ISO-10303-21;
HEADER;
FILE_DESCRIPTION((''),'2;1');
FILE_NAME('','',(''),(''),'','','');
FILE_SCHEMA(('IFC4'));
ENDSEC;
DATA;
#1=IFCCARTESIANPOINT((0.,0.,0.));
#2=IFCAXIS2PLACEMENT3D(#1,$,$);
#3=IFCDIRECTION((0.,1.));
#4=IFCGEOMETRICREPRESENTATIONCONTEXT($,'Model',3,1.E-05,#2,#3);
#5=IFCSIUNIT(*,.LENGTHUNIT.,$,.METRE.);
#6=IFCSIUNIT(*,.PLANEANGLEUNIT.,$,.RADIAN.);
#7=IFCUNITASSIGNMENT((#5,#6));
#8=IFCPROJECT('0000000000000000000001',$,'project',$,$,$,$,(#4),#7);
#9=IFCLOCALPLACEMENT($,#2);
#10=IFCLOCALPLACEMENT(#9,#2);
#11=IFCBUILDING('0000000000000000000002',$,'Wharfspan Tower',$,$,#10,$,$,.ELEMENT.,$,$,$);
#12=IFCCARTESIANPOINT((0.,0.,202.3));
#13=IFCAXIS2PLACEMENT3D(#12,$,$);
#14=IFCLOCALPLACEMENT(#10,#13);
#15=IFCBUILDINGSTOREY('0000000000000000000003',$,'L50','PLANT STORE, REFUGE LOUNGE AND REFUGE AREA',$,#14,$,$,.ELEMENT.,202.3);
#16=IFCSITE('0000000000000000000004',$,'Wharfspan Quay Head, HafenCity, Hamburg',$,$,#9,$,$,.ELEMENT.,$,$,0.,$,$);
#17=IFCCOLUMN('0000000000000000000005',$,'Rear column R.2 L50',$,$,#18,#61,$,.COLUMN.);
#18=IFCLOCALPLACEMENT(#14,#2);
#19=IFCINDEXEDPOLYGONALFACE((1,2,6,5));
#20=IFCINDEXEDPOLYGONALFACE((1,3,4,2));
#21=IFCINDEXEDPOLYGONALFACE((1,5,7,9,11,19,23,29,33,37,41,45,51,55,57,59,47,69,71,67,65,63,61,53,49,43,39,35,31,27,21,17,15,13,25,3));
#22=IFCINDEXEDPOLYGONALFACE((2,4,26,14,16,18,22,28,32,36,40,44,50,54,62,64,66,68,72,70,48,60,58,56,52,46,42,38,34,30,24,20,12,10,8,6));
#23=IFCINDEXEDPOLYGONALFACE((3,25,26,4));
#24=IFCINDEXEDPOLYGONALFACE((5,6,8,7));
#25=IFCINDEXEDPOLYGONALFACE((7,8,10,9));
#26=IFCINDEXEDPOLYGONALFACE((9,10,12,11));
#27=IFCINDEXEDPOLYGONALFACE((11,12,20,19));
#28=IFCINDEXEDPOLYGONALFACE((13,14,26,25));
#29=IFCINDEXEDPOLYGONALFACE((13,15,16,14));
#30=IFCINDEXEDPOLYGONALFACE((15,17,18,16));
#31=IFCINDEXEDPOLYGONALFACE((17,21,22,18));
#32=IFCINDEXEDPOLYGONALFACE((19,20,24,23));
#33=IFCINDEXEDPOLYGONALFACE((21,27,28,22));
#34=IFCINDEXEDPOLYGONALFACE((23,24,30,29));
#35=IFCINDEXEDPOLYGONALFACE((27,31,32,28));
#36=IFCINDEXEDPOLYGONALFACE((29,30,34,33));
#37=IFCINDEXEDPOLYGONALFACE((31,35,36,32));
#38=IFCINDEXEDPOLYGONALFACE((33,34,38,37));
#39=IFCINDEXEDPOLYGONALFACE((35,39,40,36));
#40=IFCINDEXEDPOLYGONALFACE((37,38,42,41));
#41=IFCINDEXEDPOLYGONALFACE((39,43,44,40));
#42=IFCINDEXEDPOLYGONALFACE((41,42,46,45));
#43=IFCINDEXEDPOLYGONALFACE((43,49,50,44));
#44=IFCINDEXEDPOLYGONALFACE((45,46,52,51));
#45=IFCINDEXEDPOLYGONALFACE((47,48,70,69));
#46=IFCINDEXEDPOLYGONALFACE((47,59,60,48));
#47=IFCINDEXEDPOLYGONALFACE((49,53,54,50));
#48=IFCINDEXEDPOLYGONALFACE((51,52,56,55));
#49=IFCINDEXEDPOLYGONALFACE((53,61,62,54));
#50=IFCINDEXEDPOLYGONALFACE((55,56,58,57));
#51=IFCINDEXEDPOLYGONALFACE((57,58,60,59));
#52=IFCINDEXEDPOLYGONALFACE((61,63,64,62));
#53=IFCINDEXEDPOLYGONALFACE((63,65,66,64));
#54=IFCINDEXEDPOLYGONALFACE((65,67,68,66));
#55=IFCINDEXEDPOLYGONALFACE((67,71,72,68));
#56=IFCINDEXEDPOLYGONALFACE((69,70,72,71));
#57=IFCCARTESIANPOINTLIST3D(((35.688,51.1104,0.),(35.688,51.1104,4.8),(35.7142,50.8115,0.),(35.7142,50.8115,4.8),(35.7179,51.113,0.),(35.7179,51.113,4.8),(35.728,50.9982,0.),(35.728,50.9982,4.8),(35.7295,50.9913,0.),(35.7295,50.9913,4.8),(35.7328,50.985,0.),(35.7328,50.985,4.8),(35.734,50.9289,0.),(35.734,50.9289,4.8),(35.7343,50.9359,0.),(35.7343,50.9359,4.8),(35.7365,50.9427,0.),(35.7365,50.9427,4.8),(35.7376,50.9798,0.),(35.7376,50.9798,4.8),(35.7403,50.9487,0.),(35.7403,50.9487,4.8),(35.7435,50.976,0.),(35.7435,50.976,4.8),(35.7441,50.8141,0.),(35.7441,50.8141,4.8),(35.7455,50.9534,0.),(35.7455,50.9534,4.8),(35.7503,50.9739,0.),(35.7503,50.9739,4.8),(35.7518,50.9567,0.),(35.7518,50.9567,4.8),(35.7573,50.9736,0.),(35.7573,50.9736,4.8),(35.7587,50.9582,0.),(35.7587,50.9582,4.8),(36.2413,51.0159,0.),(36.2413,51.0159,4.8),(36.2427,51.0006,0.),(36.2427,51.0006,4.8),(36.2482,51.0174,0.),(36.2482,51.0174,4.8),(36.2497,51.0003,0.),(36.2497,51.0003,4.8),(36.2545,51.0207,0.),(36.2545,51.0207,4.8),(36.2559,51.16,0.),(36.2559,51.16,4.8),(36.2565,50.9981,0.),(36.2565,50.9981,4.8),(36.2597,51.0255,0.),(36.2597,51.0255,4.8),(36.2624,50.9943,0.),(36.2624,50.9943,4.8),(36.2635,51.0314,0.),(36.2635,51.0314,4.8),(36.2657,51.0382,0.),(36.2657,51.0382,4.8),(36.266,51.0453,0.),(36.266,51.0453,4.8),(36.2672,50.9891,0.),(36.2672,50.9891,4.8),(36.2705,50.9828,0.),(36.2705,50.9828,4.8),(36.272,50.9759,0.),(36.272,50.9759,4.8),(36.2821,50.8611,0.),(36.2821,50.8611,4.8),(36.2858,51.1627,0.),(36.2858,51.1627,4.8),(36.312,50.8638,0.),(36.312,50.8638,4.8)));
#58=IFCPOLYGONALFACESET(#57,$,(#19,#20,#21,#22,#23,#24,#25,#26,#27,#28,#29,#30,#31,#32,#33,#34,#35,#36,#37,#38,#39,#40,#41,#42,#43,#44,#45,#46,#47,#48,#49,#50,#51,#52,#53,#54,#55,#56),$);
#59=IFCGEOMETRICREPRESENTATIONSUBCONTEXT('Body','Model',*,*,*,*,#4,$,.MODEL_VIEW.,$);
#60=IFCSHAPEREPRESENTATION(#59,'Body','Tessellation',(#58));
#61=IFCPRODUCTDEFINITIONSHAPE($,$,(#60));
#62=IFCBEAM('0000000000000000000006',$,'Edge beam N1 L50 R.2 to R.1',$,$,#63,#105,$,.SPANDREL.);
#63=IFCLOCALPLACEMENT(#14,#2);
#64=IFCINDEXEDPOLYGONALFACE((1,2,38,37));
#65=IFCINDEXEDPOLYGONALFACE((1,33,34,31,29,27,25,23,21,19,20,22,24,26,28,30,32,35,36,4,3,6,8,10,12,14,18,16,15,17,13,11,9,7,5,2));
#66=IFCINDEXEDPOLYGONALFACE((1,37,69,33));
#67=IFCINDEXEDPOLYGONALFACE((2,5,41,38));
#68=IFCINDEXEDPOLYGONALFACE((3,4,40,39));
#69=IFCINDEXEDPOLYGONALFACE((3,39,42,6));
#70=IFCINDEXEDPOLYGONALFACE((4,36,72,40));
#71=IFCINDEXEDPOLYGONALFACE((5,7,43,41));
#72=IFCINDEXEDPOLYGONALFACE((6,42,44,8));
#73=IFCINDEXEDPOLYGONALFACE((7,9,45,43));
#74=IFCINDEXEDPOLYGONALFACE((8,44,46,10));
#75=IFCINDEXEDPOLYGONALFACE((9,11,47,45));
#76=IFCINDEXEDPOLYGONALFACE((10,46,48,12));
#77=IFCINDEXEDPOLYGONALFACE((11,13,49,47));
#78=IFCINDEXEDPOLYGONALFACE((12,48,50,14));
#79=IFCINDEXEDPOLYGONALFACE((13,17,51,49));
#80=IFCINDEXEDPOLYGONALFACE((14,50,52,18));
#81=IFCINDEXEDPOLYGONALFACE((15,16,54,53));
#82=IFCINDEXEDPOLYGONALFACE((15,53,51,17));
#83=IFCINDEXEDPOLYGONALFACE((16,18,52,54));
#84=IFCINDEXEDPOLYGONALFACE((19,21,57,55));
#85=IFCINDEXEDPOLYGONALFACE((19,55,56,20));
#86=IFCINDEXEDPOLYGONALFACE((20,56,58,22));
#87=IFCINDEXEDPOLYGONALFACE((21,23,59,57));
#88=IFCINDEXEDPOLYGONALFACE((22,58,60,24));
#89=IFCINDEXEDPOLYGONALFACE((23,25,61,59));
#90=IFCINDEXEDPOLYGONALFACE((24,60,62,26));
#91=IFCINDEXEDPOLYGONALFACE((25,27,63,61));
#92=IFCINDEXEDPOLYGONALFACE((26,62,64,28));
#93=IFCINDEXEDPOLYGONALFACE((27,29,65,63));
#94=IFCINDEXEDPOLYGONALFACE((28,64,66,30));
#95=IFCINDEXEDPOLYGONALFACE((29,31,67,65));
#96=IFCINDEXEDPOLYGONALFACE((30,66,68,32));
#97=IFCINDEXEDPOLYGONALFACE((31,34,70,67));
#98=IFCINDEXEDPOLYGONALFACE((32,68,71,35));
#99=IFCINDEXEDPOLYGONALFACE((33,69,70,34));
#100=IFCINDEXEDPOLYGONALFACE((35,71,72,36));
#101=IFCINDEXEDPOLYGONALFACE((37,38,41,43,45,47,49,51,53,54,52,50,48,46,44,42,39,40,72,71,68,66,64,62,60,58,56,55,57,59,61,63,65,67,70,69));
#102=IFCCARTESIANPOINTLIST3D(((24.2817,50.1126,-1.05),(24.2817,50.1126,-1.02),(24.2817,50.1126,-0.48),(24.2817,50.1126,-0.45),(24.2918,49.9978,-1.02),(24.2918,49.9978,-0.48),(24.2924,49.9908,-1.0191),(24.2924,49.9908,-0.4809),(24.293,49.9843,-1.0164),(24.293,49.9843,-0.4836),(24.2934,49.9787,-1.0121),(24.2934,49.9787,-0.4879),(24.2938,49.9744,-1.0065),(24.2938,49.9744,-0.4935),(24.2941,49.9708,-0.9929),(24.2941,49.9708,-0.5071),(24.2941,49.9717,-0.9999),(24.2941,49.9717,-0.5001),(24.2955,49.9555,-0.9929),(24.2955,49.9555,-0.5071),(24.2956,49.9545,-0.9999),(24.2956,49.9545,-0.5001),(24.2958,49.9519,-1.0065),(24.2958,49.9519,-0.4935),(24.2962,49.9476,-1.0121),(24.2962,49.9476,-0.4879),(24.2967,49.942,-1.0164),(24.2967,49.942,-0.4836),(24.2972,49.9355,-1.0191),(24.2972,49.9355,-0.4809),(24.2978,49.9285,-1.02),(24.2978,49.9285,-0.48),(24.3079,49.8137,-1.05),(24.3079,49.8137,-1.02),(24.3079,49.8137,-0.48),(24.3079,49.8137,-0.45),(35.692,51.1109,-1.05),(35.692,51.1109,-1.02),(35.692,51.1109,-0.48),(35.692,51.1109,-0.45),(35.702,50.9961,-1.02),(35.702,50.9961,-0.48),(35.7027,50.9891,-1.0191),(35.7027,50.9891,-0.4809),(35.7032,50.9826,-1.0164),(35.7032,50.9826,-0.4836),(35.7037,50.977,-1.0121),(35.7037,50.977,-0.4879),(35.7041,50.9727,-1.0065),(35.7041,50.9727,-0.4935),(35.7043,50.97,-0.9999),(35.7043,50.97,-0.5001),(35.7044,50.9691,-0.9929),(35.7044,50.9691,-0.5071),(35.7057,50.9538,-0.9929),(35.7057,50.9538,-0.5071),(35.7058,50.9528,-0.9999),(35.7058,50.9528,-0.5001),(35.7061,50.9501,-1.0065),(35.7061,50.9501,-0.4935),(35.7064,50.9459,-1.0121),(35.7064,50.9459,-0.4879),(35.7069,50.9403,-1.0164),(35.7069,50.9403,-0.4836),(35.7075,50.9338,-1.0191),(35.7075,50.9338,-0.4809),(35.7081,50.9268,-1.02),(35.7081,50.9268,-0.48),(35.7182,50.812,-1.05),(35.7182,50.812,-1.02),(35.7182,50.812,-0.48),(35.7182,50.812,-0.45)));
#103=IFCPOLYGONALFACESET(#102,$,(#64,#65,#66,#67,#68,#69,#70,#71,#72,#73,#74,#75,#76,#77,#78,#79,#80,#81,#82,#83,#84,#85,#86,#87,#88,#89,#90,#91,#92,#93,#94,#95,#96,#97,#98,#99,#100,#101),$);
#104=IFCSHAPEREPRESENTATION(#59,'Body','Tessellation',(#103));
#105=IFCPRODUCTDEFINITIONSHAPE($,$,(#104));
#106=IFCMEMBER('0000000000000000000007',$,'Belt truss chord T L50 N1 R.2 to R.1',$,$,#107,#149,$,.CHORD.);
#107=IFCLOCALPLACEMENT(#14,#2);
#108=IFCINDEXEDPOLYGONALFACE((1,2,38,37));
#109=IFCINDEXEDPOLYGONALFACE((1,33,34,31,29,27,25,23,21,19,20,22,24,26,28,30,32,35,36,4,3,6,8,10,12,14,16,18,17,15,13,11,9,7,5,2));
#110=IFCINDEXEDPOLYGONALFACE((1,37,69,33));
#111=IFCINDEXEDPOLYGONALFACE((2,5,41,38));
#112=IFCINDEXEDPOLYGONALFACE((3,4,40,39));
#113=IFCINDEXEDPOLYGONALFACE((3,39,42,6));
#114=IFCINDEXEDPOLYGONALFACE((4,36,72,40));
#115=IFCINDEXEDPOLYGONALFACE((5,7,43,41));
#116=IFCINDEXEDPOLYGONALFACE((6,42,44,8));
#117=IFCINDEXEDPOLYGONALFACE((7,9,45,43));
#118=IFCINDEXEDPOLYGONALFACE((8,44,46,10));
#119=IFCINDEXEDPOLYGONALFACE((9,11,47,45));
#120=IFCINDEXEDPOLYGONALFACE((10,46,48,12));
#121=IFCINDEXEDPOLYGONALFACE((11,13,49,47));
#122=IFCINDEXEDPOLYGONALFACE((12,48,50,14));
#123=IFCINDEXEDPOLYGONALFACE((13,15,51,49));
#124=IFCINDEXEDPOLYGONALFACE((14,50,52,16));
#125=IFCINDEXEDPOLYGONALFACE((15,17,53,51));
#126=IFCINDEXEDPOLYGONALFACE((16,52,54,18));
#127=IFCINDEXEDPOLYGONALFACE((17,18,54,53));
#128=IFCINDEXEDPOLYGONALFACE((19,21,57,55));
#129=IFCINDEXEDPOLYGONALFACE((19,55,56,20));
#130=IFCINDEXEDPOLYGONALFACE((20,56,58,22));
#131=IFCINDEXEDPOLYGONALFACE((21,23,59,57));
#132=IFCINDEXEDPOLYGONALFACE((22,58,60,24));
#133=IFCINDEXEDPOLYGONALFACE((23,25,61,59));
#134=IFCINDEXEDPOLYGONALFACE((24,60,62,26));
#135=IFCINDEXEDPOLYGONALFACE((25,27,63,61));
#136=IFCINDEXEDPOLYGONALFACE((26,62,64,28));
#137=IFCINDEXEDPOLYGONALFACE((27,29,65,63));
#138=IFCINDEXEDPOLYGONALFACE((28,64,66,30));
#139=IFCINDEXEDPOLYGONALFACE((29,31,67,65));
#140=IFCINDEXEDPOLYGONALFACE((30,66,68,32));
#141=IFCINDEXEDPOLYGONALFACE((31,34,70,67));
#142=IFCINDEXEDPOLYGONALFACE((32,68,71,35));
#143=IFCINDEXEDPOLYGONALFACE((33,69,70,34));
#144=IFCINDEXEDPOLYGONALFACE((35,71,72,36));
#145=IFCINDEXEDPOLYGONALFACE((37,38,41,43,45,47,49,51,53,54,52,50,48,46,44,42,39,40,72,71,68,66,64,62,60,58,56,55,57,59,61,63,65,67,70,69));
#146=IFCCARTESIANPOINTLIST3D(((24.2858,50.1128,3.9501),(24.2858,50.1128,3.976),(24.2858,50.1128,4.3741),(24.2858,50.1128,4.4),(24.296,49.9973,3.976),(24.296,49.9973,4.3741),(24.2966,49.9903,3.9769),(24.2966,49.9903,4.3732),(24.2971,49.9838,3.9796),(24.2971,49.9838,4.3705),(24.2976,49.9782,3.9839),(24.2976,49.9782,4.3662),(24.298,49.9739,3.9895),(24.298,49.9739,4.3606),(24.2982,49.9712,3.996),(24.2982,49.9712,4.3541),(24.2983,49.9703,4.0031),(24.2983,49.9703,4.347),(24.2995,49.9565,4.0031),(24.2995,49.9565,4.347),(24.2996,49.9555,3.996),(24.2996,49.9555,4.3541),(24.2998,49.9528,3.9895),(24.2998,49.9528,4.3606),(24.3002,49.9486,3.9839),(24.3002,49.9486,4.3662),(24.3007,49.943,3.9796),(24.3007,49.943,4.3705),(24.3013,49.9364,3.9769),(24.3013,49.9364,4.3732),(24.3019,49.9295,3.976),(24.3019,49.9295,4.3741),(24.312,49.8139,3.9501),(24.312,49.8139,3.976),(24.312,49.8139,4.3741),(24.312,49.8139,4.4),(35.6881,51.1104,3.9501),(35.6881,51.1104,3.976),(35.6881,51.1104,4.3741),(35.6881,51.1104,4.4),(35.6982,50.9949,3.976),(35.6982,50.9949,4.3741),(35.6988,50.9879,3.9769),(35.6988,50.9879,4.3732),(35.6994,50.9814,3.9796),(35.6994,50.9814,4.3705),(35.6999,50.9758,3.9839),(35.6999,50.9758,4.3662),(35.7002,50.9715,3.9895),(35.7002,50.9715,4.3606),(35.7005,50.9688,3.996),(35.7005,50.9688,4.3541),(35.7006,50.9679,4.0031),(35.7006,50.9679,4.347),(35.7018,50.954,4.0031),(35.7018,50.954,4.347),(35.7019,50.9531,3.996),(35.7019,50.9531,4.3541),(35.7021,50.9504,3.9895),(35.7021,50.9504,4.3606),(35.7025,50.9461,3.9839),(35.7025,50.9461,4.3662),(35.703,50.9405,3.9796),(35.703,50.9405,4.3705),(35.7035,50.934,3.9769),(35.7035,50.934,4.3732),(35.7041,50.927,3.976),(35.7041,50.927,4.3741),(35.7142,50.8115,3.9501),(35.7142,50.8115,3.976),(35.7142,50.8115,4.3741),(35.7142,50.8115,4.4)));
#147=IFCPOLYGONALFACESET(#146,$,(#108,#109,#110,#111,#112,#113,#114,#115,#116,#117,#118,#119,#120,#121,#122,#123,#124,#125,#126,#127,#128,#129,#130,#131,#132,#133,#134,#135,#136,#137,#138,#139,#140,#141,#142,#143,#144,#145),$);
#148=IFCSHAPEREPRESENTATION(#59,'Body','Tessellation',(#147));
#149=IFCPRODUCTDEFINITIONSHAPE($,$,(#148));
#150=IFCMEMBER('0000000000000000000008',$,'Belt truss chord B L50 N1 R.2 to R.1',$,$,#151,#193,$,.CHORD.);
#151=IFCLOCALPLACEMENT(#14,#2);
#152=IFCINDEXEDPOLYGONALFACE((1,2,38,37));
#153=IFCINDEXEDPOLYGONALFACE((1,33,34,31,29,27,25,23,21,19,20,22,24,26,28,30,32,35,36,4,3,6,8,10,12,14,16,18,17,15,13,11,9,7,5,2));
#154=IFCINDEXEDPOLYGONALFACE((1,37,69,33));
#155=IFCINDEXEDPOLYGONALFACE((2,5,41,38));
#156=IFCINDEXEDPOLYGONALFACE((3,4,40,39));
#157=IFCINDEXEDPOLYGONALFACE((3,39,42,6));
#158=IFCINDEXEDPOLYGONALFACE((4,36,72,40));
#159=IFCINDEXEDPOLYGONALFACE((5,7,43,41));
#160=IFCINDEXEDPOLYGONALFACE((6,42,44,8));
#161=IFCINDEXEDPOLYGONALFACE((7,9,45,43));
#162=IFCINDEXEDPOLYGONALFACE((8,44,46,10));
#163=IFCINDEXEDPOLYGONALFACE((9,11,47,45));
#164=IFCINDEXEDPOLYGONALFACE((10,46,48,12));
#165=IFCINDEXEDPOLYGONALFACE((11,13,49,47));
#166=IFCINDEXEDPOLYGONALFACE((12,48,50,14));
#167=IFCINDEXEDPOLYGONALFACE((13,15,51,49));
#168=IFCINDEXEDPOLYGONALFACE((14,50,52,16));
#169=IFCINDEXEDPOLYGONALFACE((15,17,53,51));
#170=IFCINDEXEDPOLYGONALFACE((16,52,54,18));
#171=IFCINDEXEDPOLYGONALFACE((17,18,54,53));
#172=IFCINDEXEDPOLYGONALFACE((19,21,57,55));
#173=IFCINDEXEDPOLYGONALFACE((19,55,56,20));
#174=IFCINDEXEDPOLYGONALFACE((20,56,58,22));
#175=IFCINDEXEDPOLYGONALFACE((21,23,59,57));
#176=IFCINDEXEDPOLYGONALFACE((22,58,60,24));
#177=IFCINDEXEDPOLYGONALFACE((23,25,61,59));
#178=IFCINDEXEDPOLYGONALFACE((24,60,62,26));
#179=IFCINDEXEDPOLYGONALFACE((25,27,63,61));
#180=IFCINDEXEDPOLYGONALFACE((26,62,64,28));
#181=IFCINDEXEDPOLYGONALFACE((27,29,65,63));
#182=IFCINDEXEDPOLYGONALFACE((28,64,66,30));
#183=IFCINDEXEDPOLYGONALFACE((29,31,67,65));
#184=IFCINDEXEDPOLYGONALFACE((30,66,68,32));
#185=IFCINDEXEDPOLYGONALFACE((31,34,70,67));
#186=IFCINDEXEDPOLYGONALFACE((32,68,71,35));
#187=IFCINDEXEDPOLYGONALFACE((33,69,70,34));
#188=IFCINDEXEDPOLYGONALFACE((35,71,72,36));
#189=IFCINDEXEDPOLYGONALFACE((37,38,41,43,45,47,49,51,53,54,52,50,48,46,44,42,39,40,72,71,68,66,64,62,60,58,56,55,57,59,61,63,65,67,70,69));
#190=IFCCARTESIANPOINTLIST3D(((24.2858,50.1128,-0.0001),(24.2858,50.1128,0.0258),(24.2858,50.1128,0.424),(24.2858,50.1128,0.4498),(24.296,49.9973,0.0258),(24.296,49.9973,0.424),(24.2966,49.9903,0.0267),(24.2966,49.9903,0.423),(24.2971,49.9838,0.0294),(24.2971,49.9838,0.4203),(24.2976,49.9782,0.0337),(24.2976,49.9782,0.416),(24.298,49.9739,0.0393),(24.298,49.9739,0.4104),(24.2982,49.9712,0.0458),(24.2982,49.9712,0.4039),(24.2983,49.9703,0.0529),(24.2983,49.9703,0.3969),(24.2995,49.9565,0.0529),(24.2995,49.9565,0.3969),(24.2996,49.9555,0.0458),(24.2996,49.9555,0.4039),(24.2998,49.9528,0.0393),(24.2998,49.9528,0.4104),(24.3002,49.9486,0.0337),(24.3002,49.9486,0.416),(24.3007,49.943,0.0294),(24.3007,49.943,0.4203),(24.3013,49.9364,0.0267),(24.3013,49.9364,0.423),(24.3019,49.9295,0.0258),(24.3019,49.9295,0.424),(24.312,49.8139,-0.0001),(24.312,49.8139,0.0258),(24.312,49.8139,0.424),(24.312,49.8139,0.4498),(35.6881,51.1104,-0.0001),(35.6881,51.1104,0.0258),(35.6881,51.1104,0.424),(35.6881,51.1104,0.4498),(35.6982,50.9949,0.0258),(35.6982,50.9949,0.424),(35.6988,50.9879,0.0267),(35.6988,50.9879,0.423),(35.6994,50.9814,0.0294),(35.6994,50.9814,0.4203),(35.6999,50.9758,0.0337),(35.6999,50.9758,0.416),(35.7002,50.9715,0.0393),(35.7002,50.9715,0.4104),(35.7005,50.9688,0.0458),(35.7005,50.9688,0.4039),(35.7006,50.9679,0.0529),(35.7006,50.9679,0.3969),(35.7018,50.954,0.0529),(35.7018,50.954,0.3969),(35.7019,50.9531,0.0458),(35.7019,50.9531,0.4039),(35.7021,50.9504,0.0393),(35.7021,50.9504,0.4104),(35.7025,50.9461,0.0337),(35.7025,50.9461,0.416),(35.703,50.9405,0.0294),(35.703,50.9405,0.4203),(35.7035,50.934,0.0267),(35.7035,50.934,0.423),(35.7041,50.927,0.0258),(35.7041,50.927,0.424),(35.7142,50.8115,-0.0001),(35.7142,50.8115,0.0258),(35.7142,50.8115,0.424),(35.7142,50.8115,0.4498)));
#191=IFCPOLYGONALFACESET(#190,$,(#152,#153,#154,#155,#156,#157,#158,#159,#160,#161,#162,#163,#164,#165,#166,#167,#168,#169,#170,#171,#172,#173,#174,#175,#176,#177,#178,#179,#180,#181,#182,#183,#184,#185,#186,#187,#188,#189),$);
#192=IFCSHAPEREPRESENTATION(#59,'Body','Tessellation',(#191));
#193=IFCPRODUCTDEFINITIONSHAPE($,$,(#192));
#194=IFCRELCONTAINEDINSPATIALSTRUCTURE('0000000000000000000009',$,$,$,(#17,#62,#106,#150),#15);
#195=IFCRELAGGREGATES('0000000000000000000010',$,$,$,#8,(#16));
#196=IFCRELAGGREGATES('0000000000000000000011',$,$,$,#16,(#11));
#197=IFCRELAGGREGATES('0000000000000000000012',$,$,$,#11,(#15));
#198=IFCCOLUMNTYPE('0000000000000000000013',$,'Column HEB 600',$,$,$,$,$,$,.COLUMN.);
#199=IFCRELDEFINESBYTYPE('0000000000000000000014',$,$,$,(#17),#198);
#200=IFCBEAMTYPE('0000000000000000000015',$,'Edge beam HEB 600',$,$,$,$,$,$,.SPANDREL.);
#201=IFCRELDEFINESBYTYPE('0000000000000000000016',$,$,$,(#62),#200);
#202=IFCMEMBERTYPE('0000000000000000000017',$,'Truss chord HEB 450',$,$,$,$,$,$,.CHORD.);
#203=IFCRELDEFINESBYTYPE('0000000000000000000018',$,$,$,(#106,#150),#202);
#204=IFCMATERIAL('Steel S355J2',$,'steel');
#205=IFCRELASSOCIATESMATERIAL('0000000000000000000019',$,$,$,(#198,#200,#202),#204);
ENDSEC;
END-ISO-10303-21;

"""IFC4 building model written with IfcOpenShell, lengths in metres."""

from ifc_helpers import new_model, si_unit, direction, frame, origin, origin_2d, place, context, subcontext, project, spatial, i_section, extrude, material, material_profile, profile_set, type_object, element, save


model = new_model("IFC4")

# Units and contexts
model_context = context("Model", 3, precision=1e-05, world=origin(), true_north=direction((0.0, 1.0)))
body_context = subcontext(model_context, "Body", "Model", "MODEL_VIEW")
ifc_project = project(units=[si_unit("LENGTHUNIT", "METRE"), si_unit("PLANEANGLEUNIT", "RADIAN")], contexts=[model_context])

# Site, building, storey
site_placement = place(None, origin())
site = spatial("IfcSite", under=ifc_project, at=site_placement, Name="Wharfspan Quay Head, HafenCity, Hamburg", CompositionType="ELEMENT", RefElevation=0.0)
building_placement = place(site_placement, origin())
building = spatial("IfcBuilding", under=site, at=building_placement, Name="Wharfspan Tower", CompositionType="ELEMENT")
storey_placement = place(building_placement, frame((0.0, 0.0, 202.3)))
storey = spatial("IfcBuildingStorey", under=building, at=storey_placement, Name="L50", Description="PLANT STORE, REFUGE LOUNGE AND REFUGE AREA", CompositionType="ELEMENT", Elevation=202.3)

# Column
ifc_material_1 = material(Name="Steel S355J2", Category="steel")
ifc_material_profile_1 = material_profile(ifc_material_1, i_section(OverallWidth=0.3, OverallDepth=0.6001, WebThickness=0.0154, FlangeThickness=0.03, FilletRadius=0.0271, at=origin_2d()))
ifc_profile_set_1 = profile_set([ifc_material_profile_1], Name="Steel S355J2")
column_type = type_object("IfcColumnType", Name="Column HEB 600", PredefinedType="COLUMN", material=ifc_profile_set_1)
column_placement = place(storey_placement, frame((36.0, 50.9871, 0.0), z_axis=(0.0, 0.0, 1.0), x_axis=(-0.087156, 0.996198, 0.0)))
element("IfcColumn", 1, at=column_placement, inside=storey, type_object=column_type, Name="Rear column R.2 L50", PredefinedType="COLUMN", context=body_context, shape_type="SweptSolid", body=[
    extrude(i_section(OverallWidth=0.3, OverallDepth=0.6001, WebThickness=0.0154, FlangeThickness=0.03, FilletRadius=0.0271, at=origin_2d()), origin(), (0.0, 0.0, 1.0), 4.8),
])

# Beam
ifc_material_profile_2 = material_profile(ifc_material_1, i_section(OverallWidth=0.3, OverallDepth=0.6001, WebThickness=0.0154, FlangeThickness=0.03, FilletRadius=0.0271, at=origin_2d()))
ifc_profile_set_2 = profile_set([ifc_material_profile_2], Name="Steel S355J2")
beam_type = type_object("IfcBeamType", Name="Edge beam HEB 600", PredefinedType="SPANDREL", material=ifc_profile_set_2)
beam_placement = place(storey_placement, frame((35.7051, 50.9614, -0.75), z_axis=(-0.996194, -0.087158, 0.0), x_axis=(0.087158, -0.996194, 0.0)))
element("IfcBeam", 2, at=beam_placement, inside=storey, type_object=beam_type, Name="Edge beam N1 L50 R.2 to R.1", PredefinedType="SPANDREL", context=body_context, shape_type="SweptSolid", body=[
    extrude(i_section(OverallWidth=0.3, OverallDepth=0.6001, WebThickness=0.0154, FlangeThickness=0.03, FilletRadius=0.0271, at=origin_2d()), origin(), (0.0, 0.0, 1.0), 11.4539),
])

# Members
ifc_material_profile_3 = material_profile(ifc_material_1, i_section(OverallWidth=0.3, OverallDepth=0.45, WebThickness=0.0139, FlangeThickness=0.0259, FilletRadius=0.0271, at=origin_2d()))
ifc_profile_set_3 = profile_set([ifc_material_profile_3], Name="Steel S355J2")
member_type_1 = type_object("IfcMemberType", Name="Truss chord HEB 450", PredefinedType="CHORD", material=ifc_profile_set_3)
for number, where, z_axis, x_axis, name in (
    (3, (35.7012, 50.9609, 4.175), (-0.996195, -0.087154, 0.0), (0.087154, -0.996195, 0.0), "Belt truss chord T L50 N1 R.2 to R.1"),
    (4, (35.7012, 50.9609, 0.2249), (-0.996195, -0.087154, 0.0), (0.087154, -0.996195, 0.0), "Belt truss chord B L50 N1 R.2 to R.1"),
):
    element("IfcMember", number, at=place(storey_placement, frame(where, z_axis=z_axis, x_axis=x_axis)), inside=storey, type_object=member_type_1, Name=name, PredefinedType="CHORD", context=body_context, shape_type="SweptSolid", body=[
        extrude(i_section(OverallWidth=0.3, OverallDepth=0.45, WebThickness=0.0139, FlangeThickness=0.0259, FilletRadius=0.0271, at=origin_2d()), origin(), (0.0, 0.0, 1.0), 11.4458),
    ])

save(model, "model.ifc")
